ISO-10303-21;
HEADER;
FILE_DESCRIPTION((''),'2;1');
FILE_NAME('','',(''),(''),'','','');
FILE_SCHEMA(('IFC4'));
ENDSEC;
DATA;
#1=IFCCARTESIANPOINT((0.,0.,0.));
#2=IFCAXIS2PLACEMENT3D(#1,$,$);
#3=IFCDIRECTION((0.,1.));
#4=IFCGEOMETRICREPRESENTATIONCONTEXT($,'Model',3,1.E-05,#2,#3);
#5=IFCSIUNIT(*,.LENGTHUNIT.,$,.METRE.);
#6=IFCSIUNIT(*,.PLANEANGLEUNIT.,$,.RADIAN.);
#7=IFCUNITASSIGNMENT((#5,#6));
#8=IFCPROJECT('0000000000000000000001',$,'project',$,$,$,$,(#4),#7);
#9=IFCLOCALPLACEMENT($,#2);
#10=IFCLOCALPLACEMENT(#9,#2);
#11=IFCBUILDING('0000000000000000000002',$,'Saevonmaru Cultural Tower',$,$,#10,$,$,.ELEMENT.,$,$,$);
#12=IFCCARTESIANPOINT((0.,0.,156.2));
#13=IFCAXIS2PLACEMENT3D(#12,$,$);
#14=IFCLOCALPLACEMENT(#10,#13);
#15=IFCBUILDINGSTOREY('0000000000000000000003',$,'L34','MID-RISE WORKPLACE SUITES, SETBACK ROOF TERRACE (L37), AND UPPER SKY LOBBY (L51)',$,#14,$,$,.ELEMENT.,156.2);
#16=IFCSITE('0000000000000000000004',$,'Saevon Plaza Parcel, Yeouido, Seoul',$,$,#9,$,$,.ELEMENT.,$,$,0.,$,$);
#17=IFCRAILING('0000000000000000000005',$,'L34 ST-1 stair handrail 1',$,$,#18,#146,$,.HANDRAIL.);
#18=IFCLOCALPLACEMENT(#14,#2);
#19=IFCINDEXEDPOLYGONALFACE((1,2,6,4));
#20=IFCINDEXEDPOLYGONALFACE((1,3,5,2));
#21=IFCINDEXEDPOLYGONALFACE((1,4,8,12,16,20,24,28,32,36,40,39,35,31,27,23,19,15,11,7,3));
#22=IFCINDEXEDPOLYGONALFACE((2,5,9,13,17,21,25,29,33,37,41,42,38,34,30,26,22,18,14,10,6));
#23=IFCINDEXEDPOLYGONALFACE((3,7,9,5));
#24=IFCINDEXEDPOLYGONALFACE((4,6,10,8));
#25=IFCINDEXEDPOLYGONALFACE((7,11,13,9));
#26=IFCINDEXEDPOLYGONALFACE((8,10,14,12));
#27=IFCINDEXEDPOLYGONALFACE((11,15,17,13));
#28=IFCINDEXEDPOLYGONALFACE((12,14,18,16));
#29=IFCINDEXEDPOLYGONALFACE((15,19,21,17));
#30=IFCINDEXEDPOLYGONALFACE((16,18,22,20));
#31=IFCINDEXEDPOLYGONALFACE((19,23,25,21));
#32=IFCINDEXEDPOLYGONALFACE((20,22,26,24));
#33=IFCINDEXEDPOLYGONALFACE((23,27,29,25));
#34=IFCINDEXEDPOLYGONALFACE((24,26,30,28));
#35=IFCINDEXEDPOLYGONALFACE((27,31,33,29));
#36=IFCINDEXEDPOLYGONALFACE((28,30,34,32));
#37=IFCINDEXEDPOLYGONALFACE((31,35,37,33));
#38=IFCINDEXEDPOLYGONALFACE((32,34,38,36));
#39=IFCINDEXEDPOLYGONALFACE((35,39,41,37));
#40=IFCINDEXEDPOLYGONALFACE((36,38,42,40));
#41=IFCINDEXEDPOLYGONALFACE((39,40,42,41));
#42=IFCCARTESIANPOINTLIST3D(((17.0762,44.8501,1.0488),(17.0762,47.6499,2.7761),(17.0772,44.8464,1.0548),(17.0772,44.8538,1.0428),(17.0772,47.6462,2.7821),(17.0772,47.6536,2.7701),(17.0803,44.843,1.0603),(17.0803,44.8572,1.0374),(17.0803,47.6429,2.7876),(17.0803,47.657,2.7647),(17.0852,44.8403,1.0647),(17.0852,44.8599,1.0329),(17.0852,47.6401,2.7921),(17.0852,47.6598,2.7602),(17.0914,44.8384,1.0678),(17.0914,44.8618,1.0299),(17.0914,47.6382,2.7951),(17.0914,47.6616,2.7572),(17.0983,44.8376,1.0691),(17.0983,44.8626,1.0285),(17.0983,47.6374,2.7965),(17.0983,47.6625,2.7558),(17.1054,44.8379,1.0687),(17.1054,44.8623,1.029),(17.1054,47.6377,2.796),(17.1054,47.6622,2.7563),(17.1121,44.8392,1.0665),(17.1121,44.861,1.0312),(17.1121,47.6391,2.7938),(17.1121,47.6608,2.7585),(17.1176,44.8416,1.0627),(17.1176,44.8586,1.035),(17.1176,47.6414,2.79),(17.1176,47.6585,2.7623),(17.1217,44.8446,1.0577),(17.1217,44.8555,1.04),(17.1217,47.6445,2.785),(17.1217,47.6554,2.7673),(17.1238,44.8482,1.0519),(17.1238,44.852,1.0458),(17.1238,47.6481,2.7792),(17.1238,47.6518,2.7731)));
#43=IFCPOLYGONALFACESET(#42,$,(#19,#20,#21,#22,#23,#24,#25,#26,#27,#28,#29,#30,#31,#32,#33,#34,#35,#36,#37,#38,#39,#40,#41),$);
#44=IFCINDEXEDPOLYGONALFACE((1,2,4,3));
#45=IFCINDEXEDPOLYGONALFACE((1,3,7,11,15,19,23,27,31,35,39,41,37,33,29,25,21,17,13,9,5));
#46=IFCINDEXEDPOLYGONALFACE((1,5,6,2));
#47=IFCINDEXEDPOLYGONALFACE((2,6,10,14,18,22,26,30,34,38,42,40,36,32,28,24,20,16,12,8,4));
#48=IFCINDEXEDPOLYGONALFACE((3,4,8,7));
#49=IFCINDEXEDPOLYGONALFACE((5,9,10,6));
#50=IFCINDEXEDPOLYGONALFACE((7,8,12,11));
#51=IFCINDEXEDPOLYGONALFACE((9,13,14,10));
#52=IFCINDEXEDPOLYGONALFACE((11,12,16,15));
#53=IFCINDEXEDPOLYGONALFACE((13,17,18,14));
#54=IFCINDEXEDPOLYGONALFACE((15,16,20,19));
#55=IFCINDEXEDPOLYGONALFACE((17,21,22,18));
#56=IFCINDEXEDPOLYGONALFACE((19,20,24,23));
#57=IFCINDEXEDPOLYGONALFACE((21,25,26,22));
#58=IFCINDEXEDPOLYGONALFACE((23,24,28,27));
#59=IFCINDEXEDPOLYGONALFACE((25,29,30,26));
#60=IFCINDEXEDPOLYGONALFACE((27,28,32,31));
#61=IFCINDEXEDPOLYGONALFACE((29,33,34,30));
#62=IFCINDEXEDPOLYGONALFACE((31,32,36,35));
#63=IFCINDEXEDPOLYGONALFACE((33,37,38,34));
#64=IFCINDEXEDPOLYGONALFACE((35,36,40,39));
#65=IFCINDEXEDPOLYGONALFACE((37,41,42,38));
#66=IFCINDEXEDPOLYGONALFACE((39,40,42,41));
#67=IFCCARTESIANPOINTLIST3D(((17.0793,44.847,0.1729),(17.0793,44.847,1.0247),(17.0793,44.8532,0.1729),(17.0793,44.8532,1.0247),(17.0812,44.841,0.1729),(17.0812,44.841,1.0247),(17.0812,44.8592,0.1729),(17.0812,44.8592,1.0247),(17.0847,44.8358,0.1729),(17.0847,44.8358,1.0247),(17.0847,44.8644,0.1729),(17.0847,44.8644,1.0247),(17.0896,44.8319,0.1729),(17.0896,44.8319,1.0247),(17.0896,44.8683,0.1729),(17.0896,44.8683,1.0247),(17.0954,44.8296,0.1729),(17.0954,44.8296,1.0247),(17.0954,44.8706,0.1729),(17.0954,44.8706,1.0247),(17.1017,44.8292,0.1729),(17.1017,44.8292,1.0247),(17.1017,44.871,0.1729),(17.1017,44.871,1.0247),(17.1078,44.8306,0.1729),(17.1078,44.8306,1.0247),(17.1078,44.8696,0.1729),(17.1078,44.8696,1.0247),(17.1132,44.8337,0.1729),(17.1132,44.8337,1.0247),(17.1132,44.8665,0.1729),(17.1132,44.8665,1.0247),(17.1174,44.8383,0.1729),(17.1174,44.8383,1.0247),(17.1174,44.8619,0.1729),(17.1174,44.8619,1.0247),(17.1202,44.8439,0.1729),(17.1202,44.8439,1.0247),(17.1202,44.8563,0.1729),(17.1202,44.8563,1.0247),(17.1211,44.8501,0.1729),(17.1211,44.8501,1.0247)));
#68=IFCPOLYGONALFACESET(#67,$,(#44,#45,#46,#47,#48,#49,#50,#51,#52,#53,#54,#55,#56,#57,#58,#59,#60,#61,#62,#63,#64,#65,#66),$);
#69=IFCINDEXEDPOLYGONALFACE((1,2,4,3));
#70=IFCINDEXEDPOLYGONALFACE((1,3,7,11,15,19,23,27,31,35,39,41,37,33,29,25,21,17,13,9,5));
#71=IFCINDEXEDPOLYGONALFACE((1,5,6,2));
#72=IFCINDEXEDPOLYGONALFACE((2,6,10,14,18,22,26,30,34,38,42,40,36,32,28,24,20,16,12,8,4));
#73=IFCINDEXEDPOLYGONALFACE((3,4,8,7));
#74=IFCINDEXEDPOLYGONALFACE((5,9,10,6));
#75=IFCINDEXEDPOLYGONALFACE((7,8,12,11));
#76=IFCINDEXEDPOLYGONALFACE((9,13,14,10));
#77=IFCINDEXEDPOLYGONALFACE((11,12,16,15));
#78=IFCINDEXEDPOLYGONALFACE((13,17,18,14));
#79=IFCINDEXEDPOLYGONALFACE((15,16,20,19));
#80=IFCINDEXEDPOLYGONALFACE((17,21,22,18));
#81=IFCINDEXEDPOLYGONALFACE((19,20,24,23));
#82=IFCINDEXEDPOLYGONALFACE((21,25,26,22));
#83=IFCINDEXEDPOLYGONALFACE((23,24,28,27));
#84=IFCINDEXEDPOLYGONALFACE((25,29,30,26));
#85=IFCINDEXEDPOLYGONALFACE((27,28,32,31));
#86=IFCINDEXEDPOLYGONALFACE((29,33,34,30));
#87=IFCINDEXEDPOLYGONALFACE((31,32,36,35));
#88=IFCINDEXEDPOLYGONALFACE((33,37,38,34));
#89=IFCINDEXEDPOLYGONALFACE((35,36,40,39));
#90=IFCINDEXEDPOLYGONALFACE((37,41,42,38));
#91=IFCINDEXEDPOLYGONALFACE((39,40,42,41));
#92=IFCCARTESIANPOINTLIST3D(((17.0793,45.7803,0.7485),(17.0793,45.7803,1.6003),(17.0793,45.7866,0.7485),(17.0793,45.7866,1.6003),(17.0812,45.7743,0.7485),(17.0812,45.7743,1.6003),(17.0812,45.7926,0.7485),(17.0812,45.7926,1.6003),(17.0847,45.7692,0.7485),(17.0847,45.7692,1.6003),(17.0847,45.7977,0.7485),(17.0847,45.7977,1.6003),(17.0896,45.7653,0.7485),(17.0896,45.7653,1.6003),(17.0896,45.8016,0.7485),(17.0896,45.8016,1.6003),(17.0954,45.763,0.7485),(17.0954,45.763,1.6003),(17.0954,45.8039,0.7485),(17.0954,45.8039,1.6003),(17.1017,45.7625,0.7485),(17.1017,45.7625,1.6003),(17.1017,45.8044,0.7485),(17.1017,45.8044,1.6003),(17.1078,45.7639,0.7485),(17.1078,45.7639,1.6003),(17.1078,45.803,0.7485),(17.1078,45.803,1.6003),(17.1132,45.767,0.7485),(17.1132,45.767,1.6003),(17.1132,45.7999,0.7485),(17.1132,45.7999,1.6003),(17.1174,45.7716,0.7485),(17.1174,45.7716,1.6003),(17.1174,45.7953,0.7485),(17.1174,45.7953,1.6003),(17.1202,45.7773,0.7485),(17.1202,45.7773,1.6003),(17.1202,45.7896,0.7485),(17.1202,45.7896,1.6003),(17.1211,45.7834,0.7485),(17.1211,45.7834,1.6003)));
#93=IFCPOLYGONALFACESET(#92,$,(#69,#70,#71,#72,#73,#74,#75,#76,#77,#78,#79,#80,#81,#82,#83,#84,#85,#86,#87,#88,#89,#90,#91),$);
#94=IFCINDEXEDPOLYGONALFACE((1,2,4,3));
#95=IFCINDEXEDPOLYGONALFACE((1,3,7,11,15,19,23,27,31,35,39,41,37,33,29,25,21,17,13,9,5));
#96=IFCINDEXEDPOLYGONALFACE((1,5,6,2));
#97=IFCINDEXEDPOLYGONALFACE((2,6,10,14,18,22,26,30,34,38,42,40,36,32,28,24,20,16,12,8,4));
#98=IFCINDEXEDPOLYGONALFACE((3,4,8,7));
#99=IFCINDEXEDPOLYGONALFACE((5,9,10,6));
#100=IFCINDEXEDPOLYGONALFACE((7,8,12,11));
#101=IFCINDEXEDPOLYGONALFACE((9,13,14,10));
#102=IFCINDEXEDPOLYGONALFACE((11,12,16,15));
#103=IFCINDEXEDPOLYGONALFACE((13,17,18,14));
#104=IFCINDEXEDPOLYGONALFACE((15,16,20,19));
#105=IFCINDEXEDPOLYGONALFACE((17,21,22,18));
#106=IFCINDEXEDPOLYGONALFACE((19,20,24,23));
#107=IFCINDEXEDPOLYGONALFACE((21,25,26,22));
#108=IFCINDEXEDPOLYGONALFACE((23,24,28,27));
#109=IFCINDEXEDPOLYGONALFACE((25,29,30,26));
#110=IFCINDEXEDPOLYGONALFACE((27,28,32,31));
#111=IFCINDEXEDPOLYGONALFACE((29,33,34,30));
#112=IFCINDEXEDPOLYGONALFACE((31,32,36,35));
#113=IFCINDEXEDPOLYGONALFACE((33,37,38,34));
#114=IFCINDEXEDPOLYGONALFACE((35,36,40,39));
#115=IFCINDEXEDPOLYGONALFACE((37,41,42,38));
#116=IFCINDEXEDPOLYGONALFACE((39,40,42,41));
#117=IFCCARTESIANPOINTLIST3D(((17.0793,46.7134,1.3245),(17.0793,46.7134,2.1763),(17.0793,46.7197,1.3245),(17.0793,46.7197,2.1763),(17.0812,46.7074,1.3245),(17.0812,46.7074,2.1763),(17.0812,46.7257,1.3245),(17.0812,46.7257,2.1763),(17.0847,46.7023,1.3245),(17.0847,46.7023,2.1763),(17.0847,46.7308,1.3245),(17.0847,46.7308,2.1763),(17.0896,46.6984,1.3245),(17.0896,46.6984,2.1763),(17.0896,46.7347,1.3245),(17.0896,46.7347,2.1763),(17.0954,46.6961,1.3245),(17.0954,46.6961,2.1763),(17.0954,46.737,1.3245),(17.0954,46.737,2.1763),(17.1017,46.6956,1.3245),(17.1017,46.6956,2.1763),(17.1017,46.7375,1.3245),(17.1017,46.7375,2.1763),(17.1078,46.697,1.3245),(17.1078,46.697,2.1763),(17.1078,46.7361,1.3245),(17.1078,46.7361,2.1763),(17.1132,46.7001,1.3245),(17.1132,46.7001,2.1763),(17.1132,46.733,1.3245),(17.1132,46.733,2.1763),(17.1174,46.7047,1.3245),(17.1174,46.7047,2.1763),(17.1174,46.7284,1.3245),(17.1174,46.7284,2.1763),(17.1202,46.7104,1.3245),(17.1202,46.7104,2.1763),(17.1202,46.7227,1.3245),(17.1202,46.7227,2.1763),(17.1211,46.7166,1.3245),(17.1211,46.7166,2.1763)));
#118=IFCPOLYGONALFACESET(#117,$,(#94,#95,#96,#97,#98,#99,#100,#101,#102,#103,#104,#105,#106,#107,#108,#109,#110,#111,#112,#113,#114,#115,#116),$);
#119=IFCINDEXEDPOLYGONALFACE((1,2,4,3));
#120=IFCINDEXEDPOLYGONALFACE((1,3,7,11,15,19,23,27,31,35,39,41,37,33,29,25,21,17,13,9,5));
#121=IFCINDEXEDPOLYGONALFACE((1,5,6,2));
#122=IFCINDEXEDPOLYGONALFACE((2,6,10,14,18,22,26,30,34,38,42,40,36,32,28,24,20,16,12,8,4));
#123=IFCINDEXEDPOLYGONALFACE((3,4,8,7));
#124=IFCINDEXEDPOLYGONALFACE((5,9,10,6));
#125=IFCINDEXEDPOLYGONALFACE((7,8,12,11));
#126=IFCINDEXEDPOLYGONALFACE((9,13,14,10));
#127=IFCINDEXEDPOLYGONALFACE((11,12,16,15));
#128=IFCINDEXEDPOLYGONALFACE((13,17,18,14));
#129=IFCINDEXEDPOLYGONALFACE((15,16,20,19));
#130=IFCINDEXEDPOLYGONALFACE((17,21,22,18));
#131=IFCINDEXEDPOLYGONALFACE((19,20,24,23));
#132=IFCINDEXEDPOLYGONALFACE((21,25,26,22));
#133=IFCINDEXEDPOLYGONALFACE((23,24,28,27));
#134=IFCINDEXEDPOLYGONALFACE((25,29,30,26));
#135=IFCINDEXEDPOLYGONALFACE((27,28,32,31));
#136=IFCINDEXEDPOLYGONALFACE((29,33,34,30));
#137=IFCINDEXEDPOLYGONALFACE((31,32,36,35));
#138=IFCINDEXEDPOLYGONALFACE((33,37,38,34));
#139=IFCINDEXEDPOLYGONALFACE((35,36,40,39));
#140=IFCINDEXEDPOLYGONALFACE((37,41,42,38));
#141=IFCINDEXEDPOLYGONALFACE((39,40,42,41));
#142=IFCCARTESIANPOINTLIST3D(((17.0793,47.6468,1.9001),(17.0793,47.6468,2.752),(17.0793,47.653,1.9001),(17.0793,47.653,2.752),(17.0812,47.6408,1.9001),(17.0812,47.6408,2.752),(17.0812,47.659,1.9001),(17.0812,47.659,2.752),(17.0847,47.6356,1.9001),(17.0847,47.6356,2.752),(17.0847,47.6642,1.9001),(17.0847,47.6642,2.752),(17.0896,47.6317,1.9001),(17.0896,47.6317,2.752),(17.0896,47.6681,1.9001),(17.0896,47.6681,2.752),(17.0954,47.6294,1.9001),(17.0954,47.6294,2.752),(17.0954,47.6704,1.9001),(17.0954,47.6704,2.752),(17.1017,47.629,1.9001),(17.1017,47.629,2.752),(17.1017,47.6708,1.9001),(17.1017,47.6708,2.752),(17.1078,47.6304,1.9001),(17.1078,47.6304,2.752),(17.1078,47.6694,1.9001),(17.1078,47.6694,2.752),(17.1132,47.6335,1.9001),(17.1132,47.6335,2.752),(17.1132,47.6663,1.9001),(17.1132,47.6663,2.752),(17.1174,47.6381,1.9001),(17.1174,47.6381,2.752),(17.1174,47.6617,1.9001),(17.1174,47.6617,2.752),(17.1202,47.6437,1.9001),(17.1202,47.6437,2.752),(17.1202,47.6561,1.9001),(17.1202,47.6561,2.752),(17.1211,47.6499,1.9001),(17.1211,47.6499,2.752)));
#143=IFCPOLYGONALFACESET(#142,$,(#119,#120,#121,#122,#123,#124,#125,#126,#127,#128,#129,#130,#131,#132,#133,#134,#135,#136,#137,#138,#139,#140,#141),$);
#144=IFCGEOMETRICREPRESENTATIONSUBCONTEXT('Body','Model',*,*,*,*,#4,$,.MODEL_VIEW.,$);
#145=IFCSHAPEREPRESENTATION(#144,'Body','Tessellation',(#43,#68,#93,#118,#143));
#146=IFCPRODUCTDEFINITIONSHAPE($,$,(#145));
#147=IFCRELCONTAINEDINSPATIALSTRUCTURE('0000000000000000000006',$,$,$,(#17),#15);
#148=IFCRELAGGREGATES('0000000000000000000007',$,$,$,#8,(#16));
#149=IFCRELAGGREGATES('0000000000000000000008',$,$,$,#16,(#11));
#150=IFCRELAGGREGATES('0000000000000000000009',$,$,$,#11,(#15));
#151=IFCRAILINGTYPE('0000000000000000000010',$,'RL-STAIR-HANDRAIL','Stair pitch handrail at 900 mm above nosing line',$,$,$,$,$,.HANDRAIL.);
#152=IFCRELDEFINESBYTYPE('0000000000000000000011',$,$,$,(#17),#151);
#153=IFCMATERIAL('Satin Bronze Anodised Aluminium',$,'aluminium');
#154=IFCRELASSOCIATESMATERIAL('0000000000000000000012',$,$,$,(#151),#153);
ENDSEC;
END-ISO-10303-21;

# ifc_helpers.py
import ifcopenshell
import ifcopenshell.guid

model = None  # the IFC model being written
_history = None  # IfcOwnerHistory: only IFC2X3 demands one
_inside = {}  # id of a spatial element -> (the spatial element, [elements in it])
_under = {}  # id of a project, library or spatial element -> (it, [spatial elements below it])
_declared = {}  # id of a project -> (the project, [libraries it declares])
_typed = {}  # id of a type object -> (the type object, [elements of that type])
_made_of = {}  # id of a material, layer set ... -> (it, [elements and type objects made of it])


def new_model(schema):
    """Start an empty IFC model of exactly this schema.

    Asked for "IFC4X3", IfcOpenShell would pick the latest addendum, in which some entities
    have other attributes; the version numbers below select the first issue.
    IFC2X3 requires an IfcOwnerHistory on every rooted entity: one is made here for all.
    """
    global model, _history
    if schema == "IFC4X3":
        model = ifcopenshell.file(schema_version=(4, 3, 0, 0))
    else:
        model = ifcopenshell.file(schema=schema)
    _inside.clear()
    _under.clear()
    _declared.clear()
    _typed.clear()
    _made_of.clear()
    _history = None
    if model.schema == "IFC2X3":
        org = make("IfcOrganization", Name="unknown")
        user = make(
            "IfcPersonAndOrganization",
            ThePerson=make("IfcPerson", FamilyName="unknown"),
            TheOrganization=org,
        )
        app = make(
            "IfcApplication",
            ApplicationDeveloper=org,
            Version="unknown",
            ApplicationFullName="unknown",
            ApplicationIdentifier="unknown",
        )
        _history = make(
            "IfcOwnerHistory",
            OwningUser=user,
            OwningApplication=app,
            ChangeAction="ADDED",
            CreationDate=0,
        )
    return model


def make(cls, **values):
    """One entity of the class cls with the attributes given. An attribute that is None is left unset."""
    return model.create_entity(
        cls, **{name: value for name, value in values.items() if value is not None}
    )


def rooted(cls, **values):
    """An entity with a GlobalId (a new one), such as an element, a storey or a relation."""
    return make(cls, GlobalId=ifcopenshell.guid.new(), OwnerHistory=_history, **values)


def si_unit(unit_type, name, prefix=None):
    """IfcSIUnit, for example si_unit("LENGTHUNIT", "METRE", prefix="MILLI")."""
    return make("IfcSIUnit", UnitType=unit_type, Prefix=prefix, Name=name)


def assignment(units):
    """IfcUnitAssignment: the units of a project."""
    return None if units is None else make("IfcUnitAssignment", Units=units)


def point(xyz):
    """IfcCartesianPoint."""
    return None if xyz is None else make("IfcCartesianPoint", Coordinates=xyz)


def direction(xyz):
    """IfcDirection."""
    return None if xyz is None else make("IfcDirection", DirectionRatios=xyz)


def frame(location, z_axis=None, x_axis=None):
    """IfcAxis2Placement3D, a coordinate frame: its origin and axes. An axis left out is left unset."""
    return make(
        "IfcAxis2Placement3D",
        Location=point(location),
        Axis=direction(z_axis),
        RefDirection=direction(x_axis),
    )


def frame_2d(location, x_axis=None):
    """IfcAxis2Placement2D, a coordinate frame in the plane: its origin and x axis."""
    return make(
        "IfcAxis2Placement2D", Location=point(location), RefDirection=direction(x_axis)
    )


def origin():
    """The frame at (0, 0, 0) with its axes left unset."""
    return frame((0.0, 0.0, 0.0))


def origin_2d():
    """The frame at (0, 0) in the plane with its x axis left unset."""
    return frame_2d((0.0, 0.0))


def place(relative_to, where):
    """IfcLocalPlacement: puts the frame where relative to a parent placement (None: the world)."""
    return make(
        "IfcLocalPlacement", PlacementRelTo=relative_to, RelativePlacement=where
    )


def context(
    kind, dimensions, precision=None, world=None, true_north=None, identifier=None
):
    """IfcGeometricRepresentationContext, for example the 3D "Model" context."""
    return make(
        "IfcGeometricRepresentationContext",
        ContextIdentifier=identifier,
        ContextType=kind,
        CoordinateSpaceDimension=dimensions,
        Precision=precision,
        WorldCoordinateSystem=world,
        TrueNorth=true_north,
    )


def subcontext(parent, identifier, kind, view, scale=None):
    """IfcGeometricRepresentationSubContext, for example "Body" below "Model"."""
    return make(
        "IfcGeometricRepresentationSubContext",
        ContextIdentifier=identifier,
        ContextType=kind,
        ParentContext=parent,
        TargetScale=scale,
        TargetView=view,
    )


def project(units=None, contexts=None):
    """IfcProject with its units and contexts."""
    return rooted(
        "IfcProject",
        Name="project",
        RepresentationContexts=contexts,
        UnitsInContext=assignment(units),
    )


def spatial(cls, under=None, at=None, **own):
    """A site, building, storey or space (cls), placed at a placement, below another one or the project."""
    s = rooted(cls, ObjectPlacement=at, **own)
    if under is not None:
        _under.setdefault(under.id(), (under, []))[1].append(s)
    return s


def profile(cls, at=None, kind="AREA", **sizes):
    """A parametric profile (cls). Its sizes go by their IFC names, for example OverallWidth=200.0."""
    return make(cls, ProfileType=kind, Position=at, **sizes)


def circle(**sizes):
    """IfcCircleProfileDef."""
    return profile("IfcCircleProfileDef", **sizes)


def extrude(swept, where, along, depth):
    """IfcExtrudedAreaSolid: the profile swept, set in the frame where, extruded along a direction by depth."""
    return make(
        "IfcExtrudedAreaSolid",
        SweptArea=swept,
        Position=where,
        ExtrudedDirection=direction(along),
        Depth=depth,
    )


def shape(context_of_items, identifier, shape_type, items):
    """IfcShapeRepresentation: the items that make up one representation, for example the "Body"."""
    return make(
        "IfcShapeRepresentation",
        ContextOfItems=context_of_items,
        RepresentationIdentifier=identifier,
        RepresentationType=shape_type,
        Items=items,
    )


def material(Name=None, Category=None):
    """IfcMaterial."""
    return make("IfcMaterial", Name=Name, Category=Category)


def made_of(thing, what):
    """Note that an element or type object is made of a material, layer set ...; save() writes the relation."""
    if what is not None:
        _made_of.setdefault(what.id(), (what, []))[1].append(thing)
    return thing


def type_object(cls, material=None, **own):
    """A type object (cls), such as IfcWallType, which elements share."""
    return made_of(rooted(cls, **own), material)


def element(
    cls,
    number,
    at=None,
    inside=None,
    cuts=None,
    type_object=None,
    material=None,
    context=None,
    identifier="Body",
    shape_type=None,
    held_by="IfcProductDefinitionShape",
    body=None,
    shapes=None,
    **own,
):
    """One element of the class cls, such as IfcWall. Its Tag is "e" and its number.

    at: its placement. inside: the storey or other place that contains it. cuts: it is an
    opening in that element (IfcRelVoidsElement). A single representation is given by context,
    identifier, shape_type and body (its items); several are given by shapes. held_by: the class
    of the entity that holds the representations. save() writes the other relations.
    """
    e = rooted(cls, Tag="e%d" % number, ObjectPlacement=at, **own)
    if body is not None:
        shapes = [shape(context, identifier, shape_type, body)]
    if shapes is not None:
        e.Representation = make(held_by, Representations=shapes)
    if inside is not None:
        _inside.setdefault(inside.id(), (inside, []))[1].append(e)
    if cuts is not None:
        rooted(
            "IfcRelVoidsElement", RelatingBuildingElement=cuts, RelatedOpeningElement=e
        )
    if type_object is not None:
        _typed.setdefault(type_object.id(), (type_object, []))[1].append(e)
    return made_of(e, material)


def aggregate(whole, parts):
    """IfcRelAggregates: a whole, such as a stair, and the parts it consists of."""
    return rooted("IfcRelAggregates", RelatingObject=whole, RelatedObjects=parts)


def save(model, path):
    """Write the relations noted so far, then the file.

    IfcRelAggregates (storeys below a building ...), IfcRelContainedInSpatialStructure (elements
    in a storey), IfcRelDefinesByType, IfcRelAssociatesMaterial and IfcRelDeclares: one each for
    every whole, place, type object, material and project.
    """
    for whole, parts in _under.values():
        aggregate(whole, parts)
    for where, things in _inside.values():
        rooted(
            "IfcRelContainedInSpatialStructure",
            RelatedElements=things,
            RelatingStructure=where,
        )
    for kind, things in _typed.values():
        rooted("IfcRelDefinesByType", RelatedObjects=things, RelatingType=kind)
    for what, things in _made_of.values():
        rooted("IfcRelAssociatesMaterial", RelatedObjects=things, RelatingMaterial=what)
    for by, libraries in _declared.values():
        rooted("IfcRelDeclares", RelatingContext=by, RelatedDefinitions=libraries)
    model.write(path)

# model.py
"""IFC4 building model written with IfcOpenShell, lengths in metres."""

from ifc_helpers import new_model, si_unit, direction, frame, origin, origin_2d, place, context, subcontext, project, spatial, circle, extrude, material, type_object, element, save


model = new_model("IFC4")

# Units and contexts
model_context = context("Model", 3, precision=1e-05, world=origin(), true_north=direction((0.0, 1.0)))
body_context = subcontext(model_context, "Body", "Model", "MODEL_VIEW")
ifc_project = project(units=[si_unit("LENGTHUNIT", "METRE"), si_unit("PLANEANGLEUNIT", "RADIAN")], contexts=[model_context])

# Site, building, storey
site_placement = place(None, origin())
site = spatial("IfcSite", under=ifc_project, at=site_placement, Name="Saevon Plaza Parcel, Yeouido, Seoul", CompositionType="ELEMENT", RefElevation=0.0)
building_placement = place(site_placement, origin())
building = spatial("IfcBuilding", under=site, at=building_placement, Name="Saevonmaru Cultural Tower", CompositionType="ELEMENT")
storey_placement = place(building_placement, frame((0.0, 0.0, 156.2)))
storey = spatial("IfcBuildingStorey", under=building, at=storey_placement, Name="L34", Description="MID-RISE WORKPLACE SUITES, SETBACK ROOF TERRACE (L37), AND UPPER SKY LOBBY (L51)", CompositionType="ELEMENT", Elevation=156.2)

# Shared definitions
ifc_material_1 = material(Name="Satin Bronze Anodised Aluminium", Category="aluminium")

# Railing
railing_type_1 = type_object("IfcRailingType", Name="RL-STAIR-HANDRAIL", Description="Stair pitch handrail at 900 mm above nosing line", PredefinedType="HANDRAIL", material=ifc_material_1)
railing_1_placement = place(storey_placement, frame((17.1001, 44.8501, 0.1729)))
element("IfcRailing", 1, at=railing_1_placement, inside=storey, type_object=railing_type_1, Name="L34 ST-1 stair handrail 1", PredefinedType="HANDRAIL", context=body_context, shape_type="SweptSolid", body=[
    extrude(circle(Radius=0.0239, at=origin_2d()), frame((0.0, 0.0, 0.876), z_axis=(0.0, 0.851069, 0.525054), x_axis=(-1.0, 0.0, 0.0)), (0.0, 0.0, 1.0), 3.2898),
    extrude(circle(Radius=0.021, at=origin_2d()), origin(), (0.0, 0.0, 1.0), 0.8518),
    extrude(circle(Radius=0.021, at=origin_2d()), frame((0.0, 0.9333, 0.5757)), (0.0, 0.0, 1.0), 0.8518),
    extrude(circle(Radius=0.021, at=origin_2d()), frame((0.0, 1.8665, 1.1516)), (0.0, 0.0, 1.0), 0.8518),
    extrude(circle(Radius=0.021, at=origin_2d()), frame((0.0, 2.7998, 1.7273)), (0.0, 0.0, 1.0), 0.8518),
])

save(model, "model.ifc")
